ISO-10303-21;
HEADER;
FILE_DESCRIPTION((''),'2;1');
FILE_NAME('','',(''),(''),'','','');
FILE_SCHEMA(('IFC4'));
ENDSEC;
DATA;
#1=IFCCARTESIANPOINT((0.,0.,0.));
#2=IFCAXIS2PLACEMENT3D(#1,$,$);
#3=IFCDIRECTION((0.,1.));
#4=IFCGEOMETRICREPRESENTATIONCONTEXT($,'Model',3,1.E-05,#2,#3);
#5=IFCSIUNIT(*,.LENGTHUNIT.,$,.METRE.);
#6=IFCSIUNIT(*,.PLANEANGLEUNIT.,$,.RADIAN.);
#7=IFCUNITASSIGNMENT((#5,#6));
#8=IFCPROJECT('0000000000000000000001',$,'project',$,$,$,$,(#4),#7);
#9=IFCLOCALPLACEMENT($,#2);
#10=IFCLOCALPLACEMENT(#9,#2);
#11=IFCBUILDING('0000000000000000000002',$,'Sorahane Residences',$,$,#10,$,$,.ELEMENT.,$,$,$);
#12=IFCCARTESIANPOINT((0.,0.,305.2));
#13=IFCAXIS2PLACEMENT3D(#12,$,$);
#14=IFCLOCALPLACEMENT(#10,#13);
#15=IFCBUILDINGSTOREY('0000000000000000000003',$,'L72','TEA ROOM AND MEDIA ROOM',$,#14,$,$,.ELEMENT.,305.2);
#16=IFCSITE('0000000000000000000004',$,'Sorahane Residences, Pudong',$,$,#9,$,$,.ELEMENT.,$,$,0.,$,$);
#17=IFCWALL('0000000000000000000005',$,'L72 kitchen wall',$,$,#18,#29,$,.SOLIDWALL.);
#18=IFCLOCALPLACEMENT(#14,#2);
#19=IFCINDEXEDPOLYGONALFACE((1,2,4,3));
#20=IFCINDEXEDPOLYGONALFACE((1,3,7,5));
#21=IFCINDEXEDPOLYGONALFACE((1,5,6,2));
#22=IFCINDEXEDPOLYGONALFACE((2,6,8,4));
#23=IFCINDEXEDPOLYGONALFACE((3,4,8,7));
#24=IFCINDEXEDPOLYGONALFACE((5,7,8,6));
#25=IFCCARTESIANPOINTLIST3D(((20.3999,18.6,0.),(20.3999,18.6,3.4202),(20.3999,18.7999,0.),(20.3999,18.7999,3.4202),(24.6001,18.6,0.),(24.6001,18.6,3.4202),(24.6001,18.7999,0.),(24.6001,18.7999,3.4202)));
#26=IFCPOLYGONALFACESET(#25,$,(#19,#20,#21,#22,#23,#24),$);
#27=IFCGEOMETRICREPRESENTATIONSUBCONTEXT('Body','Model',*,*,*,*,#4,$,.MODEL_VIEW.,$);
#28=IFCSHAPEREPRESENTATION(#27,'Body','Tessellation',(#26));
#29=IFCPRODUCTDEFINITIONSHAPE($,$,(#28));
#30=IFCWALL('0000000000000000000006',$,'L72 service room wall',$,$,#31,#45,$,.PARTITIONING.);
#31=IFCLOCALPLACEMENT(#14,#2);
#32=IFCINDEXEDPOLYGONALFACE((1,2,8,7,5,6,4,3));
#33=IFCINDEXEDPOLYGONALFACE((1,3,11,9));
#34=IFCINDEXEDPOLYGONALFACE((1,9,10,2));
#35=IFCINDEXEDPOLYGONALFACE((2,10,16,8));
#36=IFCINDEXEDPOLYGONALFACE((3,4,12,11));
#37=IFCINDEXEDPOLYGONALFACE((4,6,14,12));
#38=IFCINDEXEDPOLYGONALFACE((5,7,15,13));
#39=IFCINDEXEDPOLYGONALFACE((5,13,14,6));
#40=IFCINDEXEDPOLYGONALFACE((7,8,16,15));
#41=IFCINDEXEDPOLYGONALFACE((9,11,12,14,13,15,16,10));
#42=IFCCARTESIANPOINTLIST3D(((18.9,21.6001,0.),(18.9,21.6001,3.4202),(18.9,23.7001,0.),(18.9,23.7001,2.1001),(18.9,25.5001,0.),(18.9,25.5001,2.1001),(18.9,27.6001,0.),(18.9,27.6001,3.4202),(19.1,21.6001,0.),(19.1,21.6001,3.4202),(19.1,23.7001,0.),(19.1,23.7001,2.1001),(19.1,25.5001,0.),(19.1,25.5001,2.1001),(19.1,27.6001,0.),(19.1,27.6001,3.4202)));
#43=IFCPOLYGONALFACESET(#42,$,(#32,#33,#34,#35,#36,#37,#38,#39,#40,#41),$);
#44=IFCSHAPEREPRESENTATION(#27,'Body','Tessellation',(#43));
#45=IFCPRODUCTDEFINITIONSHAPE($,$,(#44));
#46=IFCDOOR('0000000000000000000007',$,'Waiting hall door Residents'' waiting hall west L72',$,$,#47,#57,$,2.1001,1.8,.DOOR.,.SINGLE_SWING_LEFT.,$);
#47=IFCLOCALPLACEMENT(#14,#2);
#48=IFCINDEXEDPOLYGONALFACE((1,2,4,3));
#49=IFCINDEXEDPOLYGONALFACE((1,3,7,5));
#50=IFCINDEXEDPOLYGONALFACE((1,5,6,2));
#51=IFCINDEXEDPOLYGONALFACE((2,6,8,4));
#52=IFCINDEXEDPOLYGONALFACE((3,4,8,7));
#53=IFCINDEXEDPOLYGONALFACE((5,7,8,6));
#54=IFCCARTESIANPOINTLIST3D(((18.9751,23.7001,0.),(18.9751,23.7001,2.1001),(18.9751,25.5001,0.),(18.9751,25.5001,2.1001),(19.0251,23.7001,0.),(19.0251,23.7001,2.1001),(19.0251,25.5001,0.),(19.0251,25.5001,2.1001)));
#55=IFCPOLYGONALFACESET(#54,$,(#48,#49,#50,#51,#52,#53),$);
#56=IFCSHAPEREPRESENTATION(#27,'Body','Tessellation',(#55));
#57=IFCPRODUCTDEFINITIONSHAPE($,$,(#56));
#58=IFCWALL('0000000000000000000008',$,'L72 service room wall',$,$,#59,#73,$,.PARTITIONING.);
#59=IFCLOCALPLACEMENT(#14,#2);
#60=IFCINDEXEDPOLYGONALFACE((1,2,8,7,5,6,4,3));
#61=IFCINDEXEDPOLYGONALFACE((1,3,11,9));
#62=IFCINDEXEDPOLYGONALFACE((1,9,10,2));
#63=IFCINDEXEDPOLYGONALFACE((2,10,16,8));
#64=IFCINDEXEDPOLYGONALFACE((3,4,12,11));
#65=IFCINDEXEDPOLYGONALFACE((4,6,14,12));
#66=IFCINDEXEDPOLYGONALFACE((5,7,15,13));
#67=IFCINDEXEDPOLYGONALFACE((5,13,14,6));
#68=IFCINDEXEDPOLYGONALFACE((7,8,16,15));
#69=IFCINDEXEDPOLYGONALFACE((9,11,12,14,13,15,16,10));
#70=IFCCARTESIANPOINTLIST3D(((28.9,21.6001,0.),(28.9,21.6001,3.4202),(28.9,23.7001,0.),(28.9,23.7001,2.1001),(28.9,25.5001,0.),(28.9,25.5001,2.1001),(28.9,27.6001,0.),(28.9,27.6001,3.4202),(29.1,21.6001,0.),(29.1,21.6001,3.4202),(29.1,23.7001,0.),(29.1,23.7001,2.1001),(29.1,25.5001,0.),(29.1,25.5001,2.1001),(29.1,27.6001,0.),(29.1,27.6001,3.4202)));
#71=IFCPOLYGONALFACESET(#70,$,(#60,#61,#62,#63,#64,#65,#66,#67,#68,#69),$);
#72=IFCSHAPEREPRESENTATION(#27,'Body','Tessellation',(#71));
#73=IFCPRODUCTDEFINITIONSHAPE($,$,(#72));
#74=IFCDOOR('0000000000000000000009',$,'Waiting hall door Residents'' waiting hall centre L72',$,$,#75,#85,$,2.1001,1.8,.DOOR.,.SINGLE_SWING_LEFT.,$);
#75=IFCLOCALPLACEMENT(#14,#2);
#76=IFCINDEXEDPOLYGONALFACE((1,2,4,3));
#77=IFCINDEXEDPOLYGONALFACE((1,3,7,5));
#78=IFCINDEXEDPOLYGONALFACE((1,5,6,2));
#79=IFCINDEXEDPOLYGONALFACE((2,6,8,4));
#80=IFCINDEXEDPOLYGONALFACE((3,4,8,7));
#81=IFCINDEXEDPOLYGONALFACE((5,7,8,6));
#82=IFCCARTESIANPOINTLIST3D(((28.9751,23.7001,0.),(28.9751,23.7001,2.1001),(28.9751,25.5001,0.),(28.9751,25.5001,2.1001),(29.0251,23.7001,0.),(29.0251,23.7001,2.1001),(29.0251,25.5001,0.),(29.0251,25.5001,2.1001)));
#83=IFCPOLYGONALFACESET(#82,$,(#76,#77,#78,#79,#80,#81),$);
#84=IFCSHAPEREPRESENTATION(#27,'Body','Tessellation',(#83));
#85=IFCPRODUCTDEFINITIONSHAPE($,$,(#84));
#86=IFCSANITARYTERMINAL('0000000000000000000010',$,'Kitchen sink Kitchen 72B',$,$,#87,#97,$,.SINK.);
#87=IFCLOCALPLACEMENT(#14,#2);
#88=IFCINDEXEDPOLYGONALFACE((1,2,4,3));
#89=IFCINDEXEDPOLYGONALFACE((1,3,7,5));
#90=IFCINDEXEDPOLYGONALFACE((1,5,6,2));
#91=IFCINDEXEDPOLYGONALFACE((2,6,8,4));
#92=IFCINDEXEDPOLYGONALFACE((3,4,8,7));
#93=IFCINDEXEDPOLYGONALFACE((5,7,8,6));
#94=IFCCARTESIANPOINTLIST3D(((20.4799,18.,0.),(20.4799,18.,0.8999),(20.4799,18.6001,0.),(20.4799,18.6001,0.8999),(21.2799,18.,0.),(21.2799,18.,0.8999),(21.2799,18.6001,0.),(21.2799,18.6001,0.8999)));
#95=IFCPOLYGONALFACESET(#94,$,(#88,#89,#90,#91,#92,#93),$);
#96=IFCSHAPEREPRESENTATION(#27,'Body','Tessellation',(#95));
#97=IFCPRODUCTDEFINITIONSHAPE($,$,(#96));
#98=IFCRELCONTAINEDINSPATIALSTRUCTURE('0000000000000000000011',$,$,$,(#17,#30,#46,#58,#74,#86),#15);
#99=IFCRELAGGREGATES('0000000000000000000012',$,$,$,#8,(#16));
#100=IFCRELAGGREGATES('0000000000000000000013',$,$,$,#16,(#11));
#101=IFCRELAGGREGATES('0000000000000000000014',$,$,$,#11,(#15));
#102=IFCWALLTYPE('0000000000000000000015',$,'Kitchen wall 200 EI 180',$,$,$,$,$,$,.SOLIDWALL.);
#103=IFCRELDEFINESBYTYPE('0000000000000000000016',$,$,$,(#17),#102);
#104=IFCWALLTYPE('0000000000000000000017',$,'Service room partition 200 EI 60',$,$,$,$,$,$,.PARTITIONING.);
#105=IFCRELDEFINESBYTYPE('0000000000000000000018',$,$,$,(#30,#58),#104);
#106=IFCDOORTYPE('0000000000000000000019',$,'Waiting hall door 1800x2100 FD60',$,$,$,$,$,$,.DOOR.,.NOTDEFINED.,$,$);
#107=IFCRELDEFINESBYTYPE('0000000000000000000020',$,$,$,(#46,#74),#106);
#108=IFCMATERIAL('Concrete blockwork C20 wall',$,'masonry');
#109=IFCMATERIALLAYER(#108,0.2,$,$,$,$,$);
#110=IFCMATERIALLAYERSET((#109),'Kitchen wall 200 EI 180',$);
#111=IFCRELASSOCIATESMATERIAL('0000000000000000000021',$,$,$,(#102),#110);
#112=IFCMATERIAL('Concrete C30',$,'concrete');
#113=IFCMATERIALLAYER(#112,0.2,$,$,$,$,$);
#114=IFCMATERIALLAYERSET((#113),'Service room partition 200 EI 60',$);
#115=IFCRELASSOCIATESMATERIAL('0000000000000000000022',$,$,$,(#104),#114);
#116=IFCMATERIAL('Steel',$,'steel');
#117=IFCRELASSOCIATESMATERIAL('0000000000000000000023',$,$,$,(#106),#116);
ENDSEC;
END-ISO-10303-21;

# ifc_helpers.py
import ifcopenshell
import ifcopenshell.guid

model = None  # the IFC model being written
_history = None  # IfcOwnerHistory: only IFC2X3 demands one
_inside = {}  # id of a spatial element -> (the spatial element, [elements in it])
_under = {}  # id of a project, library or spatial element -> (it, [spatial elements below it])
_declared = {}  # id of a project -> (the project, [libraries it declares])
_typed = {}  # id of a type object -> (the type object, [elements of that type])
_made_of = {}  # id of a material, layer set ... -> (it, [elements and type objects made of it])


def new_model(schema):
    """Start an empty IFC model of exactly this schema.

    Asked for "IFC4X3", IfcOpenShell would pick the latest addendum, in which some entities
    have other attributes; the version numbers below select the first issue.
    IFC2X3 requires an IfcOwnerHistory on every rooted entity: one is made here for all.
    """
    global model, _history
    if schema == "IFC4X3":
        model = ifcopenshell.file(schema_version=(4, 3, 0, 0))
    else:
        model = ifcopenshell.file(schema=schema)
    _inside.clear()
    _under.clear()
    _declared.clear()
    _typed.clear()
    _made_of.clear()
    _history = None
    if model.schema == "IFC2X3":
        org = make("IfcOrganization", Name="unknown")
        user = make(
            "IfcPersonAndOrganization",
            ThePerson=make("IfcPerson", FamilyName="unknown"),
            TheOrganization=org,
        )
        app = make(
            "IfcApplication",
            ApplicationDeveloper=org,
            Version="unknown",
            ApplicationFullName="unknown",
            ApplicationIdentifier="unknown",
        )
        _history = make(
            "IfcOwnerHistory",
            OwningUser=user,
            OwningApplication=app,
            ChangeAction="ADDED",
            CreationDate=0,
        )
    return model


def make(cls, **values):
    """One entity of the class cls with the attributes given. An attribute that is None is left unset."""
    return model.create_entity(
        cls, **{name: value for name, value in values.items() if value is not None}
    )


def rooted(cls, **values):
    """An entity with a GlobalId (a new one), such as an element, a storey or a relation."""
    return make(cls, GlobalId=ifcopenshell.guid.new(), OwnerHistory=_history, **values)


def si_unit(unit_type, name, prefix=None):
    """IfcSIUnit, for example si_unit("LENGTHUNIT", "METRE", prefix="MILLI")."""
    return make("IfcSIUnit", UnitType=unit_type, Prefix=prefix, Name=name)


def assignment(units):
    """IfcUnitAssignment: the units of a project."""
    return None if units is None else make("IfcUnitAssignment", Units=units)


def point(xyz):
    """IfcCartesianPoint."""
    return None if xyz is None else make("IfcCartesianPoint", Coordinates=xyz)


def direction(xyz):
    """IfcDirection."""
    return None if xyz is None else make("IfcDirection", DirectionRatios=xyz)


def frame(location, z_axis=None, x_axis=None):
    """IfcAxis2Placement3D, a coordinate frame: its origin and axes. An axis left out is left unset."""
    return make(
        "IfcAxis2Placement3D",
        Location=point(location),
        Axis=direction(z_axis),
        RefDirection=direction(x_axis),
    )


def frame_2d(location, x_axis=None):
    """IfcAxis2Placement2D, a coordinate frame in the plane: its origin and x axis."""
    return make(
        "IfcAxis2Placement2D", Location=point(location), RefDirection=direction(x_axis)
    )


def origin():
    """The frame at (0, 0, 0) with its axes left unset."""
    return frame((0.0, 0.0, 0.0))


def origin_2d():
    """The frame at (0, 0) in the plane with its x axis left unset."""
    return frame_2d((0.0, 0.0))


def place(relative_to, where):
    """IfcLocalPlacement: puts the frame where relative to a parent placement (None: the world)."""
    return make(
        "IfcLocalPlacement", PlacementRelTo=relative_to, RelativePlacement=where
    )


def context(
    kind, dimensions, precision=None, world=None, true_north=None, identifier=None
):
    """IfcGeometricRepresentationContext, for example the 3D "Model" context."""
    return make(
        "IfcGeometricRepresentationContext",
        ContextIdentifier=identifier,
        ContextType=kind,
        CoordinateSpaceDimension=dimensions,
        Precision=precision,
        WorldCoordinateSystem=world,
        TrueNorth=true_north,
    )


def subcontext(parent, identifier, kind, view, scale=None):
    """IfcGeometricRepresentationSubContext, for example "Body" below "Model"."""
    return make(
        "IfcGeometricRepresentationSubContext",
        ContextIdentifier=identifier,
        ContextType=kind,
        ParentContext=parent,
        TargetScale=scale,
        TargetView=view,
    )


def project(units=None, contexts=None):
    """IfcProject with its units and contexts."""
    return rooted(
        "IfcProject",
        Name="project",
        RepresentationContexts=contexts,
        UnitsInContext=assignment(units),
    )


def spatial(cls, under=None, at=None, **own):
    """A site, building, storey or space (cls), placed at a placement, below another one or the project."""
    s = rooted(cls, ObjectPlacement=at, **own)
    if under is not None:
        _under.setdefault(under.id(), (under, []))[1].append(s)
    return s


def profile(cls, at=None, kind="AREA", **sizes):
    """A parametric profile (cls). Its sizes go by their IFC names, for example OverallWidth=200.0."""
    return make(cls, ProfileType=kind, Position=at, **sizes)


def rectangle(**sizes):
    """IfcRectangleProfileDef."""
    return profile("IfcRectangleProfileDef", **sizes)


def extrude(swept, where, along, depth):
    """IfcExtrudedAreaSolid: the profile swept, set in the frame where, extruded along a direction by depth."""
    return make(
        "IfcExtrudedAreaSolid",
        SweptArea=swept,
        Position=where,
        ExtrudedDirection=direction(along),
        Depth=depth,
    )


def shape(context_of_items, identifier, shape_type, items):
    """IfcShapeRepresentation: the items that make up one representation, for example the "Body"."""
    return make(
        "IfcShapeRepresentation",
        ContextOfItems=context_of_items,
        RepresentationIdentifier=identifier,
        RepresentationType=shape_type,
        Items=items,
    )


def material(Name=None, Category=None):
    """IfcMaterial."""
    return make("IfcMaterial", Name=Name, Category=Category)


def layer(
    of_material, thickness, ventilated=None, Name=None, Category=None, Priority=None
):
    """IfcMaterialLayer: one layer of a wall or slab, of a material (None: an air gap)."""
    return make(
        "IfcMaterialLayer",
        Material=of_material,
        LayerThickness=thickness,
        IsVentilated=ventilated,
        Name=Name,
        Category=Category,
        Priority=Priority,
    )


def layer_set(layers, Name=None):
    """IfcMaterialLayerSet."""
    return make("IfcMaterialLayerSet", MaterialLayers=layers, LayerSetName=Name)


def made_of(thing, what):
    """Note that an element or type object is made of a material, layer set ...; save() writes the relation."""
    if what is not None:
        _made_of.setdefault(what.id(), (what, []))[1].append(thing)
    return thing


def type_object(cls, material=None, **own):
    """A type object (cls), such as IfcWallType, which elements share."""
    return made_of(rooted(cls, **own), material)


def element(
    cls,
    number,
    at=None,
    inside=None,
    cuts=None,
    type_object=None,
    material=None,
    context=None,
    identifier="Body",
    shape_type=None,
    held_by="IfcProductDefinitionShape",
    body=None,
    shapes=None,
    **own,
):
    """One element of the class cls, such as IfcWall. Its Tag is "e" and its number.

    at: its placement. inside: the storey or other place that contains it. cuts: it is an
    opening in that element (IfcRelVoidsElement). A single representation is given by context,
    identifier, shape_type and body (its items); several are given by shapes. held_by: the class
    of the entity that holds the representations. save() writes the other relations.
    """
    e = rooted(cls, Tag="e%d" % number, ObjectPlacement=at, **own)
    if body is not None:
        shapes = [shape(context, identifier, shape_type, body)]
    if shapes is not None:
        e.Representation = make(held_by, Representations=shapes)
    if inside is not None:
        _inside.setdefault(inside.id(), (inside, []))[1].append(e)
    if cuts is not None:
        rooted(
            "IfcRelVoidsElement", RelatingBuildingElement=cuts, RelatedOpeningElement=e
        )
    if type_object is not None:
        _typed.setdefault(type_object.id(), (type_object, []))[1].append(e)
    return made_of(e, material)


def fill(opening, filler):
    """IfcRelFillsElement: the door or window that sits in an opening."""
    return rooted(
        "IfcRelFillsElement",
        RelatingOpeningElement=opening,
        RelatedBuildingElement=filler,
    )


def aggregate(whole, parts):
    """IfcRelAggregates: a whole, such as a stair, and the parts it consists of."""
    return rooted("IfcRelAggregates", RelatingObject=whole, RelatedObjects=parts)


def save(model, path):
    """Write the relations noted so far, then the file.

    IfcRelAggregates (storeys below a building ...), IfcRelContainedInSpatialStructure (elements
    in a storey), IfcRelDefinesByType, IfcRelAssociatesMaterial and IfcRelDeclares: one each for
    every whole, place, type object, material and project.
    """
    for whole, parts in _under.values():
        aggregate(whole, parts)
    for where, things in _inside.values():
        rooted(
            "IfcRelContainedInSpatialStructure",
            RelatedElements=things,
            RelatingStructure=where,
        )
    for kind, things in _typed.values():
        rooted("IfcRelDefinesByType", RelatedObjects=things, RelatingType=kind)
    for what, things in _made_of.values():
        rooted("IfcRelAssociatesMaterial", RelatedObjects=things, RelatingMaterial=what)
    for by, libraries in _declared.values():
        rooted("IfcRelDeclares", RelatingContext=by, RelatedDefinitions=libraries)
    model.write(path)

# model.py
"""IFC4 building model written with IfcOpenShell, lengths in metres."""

from ifc_helpers import new_model, si_unit, direction, frame, frame_2d, origin, origin_2d, place, context, subcontext, project, spatial, rectangle, extrude, material, layer, layer_set, type_object, element, fill, save


model = new_model("IFC4")

# Units and contexts
model_context = context("Model", 3, precision=1e-05, world=origin(), true_north=direction((0.0, 1.0)))
body_context = subcontext(model_context, "Body", "Model", "MODEL_VIEW")
ifc_project = project(units=[si_unit("LENGTHUNIT", "METRE"), si_unit("PLANEANGLEUNIT", "RADIAN")], contexts=[model_context])

# Site, building, storey
site_placement = place(None, origin())
site = spatial("IfcSite", under=ifc_project, at=site_placement, Name="Sorahane Residences, Pudong", CompositionType="ELEMENT", RefElevation=0.0)
building_placement = place(site_placement, origin())
building = spatial("IfcBuilding", under=site, at=building_placement, Name="Sorahane Residences", CompositionType="ELEMENT")
storey_placement = place(building_placement, frame((0.0, 0.0, 305.2)))
storey = spatial("IfcBuildingStorey", under=building, at=storey_placement, Name="L72", Description="TEA ROOM AND MEDIA ROOM", CompositionType="ELEMENT", Elevation=305.2)

# Wall
ifc_material_1 = material(Name="Concrete blockwork C20 wall", Category="masonry")
ifc_layer_1 = layer(ifc_material_1, 0.2)
ifc_layer_set_1 = layer_set([ifc_layer_1], Name="Kitchen wall 200 EI 180")
wall_type_1 = type_object("IfcWallType", Name="Kitchen wall 200 EI 180", PredefinedType="SOLIDWALL", material=ifc_layer_set_1)
wall_1_placement = place(storey_placement, frame((20.3999, 18.7, 0.0), z_axis=(0.0, 0.0, 1.0), x_axis=(1.0, 0.0, 0.0)))
element("IfcWall", 1, at=wall_1_placement, inside=storey, type_object=wall_type_1, Name="L72 kitchen wall", PredefinedType="SOLIDWALL", context=body_context, shape_type="SweptSolid", body=[
    extrude(rectangle(XDim=4.2002, YDim=0.2, at=frame_2d((2.1001, 0.0))), origin(), (0.0, 0.0, 1.0), 3.4202),
])

# Walls, openings, doors
ifc_material_2 = material(Name="Concrete C30", Category="concrete")
ifc_layer_2 = layer(ifc_material_2, 0.2)
ifc_layer_set_2 = layer_set([ifc_layer_2], Name="Service room partition 200 EI 60")
wall_type_2 = type_object("IfcWallType", Name="Service room partition 200 EI 60", PredefinedType="PARTITIONING", material=ifc_layer_set_2)
wall_2_placement = place(storey_placement, frame((19.0, 21.6001, 0.0), z_axis=(0.0, 0.0, 1.0), x_axis=(0.0, 1.0, 0.0)))
wall_2 = element("IfcWall", 2, at=wall_2_placement, inside=storey, type_object=wall_type_2, Name="L72 service room wall", PredefinedType="PARTITIONING", context=body_context, shape_type="SweptSolid", body=[
    extrude(rectangle(XDim=6.0, YDim=0.2, at=frame_2d((3.0, 0.0))), origin(), (0.0, 0.0, 1.0), 3.4202),
])
opening_1_placement = place(wall_2_placement, frame((2.1001, 0.0, 0.0)))
opening_1 = element("IfcOpeningElement", 3, at=opening_1_placement, cuts=wall_2, PredefinedType="OPENING", context=body_context, shape_type="SweptSolid", body=[
    extrude(rectangle(XDim=1.8, YDim=2.1001, at=frame_2d((0.8999, 1.05))), frame((0.0, 0.1099, 0.0), z_axis=(0.0, -1.0, 0.0), x_axis=(1.0, 0.0, 0.0)), (0.0, 0.0, 1.0), 0.22),
])
ifc_material_3 = material(Name="Steel", Category="steel")
door_type = type_object("IfcDoorType", Name="Waiting hall door 1800x2100 FD60", OperationType="NOTDEFINED", PredefinedType="DOOR", material=ifc_material_3)
door_1_placement = place(opening_1_placement, origin())
door_1 = element("IfcDoor", 4, at=door_1_placement, inside=storey, type_object=door_type, Name="Waiting hall door Residents' waiting hall west L72", OperationType="SINGLE_SWING_LEFT", OverallHeight=2.1001, OverallWidth=1.8, PredefinedType="DOOR", context=body_context, shape_type="SweptSolid", body=[
    extrude(rectangle(XDim=1.8, YDim=2.1001, at=frame_2d((0.8999, 1.05))), frame((0.0, 0.0249, 0.0), z_axis=(0.0, -1.0, 0.0), x_axis=(1.0, 0.0, 0.0)), (0.0, 0.0, 1.0), 0.05),
])
fill(opening_1, door_1)
wall_3_placement = place(storey_placement, frame((29.0, 21.6001, 0.0), z_axis=(0.0, 0.0, 1.0), x_axis=(0.0, 1.0, 0.0)))
wall_3 = element("IfcWall", 5, at=wall_3_placement, inside=storey, type_object=wall_type_2, Name="L72 service room wall", PredefinedType="PARTITIONING", context=body_context, shape_type="SweptSolid", body=[
    extrude(rectangle(XDim=6.0, YDim=0.2, at=frame_2d((3.0, 0.0))), origin(), (0.0, 0.0, 1.0), 3.4202),
])
opening_2_placement = place(wall_3_placement, frame((2.1001, 0.0, 0.0)))
opening_2 = element("IfcOpeningElement", 6, at=opening_2_placement, cuts=wall_3, PredefinedType="OPENING", context=body_context, shape_type="SweptSolid", body=[
    extrude(rectangle(XDim=1.8, YDim=2.1001, at=frame_2d((0.8999, 1.05))), frame((0.0, 0.1099, 0.0), z_axis=(0.0, -1.0, 0.0), x_axis=(1.0, 0.0, 0.0)), (0.0, 0.0, 1.0), 0.22),
])
door_2_placement = place(opening_2_placement, origin())
door_2 = element("IfcDoor", 7, at=door_2_placement, inside=storey, type_object=door_type, Name="Waiting hall door Residents' waiting hall centre L72", OperationType="SINGLE_SWING_LEFT", OverallHeight=2.1001, OverallWidth=1.8, PredefinedType="DOOR", context=body_context, shape_type="SweptSolid", body=[
    extrude(rectangle(XDim=1.8, YDim=2.1001, at=frame_2d((0.8999, 1.05))), frame((0.0, 0.0249, 0.0), z_axis=(0.0, -1.0, 0.0), x_axis=(1.0, 0.0, 0.0)), (0.0, 0.0, 1.0), 0.05),
])
fill(opening_2, door_2)

# Sanitary terminal
sanitary_terminal_placement = place(storey_placement, frame((20.8799, 18.3, 0.0), z_axis=(0.0, 0.0, 1.0), x_axis=(1.0, 0.0, 0.0)))
element("IfcSanitaryTerminal", 8, at=sanitary_terminal_placement, inside=storey, Name="Kitchen sink Kitchen 72B", PredefinedType="SINK", context=body_context, shape_type="SweptSolid", body=[
    extrude(rectangle(XDim=0.8, YDim=0.6001, at=origin_2d()), origin(), (0.0, 0.0, 1.0), 0.8999),
])

save(model, "model.ifc")
